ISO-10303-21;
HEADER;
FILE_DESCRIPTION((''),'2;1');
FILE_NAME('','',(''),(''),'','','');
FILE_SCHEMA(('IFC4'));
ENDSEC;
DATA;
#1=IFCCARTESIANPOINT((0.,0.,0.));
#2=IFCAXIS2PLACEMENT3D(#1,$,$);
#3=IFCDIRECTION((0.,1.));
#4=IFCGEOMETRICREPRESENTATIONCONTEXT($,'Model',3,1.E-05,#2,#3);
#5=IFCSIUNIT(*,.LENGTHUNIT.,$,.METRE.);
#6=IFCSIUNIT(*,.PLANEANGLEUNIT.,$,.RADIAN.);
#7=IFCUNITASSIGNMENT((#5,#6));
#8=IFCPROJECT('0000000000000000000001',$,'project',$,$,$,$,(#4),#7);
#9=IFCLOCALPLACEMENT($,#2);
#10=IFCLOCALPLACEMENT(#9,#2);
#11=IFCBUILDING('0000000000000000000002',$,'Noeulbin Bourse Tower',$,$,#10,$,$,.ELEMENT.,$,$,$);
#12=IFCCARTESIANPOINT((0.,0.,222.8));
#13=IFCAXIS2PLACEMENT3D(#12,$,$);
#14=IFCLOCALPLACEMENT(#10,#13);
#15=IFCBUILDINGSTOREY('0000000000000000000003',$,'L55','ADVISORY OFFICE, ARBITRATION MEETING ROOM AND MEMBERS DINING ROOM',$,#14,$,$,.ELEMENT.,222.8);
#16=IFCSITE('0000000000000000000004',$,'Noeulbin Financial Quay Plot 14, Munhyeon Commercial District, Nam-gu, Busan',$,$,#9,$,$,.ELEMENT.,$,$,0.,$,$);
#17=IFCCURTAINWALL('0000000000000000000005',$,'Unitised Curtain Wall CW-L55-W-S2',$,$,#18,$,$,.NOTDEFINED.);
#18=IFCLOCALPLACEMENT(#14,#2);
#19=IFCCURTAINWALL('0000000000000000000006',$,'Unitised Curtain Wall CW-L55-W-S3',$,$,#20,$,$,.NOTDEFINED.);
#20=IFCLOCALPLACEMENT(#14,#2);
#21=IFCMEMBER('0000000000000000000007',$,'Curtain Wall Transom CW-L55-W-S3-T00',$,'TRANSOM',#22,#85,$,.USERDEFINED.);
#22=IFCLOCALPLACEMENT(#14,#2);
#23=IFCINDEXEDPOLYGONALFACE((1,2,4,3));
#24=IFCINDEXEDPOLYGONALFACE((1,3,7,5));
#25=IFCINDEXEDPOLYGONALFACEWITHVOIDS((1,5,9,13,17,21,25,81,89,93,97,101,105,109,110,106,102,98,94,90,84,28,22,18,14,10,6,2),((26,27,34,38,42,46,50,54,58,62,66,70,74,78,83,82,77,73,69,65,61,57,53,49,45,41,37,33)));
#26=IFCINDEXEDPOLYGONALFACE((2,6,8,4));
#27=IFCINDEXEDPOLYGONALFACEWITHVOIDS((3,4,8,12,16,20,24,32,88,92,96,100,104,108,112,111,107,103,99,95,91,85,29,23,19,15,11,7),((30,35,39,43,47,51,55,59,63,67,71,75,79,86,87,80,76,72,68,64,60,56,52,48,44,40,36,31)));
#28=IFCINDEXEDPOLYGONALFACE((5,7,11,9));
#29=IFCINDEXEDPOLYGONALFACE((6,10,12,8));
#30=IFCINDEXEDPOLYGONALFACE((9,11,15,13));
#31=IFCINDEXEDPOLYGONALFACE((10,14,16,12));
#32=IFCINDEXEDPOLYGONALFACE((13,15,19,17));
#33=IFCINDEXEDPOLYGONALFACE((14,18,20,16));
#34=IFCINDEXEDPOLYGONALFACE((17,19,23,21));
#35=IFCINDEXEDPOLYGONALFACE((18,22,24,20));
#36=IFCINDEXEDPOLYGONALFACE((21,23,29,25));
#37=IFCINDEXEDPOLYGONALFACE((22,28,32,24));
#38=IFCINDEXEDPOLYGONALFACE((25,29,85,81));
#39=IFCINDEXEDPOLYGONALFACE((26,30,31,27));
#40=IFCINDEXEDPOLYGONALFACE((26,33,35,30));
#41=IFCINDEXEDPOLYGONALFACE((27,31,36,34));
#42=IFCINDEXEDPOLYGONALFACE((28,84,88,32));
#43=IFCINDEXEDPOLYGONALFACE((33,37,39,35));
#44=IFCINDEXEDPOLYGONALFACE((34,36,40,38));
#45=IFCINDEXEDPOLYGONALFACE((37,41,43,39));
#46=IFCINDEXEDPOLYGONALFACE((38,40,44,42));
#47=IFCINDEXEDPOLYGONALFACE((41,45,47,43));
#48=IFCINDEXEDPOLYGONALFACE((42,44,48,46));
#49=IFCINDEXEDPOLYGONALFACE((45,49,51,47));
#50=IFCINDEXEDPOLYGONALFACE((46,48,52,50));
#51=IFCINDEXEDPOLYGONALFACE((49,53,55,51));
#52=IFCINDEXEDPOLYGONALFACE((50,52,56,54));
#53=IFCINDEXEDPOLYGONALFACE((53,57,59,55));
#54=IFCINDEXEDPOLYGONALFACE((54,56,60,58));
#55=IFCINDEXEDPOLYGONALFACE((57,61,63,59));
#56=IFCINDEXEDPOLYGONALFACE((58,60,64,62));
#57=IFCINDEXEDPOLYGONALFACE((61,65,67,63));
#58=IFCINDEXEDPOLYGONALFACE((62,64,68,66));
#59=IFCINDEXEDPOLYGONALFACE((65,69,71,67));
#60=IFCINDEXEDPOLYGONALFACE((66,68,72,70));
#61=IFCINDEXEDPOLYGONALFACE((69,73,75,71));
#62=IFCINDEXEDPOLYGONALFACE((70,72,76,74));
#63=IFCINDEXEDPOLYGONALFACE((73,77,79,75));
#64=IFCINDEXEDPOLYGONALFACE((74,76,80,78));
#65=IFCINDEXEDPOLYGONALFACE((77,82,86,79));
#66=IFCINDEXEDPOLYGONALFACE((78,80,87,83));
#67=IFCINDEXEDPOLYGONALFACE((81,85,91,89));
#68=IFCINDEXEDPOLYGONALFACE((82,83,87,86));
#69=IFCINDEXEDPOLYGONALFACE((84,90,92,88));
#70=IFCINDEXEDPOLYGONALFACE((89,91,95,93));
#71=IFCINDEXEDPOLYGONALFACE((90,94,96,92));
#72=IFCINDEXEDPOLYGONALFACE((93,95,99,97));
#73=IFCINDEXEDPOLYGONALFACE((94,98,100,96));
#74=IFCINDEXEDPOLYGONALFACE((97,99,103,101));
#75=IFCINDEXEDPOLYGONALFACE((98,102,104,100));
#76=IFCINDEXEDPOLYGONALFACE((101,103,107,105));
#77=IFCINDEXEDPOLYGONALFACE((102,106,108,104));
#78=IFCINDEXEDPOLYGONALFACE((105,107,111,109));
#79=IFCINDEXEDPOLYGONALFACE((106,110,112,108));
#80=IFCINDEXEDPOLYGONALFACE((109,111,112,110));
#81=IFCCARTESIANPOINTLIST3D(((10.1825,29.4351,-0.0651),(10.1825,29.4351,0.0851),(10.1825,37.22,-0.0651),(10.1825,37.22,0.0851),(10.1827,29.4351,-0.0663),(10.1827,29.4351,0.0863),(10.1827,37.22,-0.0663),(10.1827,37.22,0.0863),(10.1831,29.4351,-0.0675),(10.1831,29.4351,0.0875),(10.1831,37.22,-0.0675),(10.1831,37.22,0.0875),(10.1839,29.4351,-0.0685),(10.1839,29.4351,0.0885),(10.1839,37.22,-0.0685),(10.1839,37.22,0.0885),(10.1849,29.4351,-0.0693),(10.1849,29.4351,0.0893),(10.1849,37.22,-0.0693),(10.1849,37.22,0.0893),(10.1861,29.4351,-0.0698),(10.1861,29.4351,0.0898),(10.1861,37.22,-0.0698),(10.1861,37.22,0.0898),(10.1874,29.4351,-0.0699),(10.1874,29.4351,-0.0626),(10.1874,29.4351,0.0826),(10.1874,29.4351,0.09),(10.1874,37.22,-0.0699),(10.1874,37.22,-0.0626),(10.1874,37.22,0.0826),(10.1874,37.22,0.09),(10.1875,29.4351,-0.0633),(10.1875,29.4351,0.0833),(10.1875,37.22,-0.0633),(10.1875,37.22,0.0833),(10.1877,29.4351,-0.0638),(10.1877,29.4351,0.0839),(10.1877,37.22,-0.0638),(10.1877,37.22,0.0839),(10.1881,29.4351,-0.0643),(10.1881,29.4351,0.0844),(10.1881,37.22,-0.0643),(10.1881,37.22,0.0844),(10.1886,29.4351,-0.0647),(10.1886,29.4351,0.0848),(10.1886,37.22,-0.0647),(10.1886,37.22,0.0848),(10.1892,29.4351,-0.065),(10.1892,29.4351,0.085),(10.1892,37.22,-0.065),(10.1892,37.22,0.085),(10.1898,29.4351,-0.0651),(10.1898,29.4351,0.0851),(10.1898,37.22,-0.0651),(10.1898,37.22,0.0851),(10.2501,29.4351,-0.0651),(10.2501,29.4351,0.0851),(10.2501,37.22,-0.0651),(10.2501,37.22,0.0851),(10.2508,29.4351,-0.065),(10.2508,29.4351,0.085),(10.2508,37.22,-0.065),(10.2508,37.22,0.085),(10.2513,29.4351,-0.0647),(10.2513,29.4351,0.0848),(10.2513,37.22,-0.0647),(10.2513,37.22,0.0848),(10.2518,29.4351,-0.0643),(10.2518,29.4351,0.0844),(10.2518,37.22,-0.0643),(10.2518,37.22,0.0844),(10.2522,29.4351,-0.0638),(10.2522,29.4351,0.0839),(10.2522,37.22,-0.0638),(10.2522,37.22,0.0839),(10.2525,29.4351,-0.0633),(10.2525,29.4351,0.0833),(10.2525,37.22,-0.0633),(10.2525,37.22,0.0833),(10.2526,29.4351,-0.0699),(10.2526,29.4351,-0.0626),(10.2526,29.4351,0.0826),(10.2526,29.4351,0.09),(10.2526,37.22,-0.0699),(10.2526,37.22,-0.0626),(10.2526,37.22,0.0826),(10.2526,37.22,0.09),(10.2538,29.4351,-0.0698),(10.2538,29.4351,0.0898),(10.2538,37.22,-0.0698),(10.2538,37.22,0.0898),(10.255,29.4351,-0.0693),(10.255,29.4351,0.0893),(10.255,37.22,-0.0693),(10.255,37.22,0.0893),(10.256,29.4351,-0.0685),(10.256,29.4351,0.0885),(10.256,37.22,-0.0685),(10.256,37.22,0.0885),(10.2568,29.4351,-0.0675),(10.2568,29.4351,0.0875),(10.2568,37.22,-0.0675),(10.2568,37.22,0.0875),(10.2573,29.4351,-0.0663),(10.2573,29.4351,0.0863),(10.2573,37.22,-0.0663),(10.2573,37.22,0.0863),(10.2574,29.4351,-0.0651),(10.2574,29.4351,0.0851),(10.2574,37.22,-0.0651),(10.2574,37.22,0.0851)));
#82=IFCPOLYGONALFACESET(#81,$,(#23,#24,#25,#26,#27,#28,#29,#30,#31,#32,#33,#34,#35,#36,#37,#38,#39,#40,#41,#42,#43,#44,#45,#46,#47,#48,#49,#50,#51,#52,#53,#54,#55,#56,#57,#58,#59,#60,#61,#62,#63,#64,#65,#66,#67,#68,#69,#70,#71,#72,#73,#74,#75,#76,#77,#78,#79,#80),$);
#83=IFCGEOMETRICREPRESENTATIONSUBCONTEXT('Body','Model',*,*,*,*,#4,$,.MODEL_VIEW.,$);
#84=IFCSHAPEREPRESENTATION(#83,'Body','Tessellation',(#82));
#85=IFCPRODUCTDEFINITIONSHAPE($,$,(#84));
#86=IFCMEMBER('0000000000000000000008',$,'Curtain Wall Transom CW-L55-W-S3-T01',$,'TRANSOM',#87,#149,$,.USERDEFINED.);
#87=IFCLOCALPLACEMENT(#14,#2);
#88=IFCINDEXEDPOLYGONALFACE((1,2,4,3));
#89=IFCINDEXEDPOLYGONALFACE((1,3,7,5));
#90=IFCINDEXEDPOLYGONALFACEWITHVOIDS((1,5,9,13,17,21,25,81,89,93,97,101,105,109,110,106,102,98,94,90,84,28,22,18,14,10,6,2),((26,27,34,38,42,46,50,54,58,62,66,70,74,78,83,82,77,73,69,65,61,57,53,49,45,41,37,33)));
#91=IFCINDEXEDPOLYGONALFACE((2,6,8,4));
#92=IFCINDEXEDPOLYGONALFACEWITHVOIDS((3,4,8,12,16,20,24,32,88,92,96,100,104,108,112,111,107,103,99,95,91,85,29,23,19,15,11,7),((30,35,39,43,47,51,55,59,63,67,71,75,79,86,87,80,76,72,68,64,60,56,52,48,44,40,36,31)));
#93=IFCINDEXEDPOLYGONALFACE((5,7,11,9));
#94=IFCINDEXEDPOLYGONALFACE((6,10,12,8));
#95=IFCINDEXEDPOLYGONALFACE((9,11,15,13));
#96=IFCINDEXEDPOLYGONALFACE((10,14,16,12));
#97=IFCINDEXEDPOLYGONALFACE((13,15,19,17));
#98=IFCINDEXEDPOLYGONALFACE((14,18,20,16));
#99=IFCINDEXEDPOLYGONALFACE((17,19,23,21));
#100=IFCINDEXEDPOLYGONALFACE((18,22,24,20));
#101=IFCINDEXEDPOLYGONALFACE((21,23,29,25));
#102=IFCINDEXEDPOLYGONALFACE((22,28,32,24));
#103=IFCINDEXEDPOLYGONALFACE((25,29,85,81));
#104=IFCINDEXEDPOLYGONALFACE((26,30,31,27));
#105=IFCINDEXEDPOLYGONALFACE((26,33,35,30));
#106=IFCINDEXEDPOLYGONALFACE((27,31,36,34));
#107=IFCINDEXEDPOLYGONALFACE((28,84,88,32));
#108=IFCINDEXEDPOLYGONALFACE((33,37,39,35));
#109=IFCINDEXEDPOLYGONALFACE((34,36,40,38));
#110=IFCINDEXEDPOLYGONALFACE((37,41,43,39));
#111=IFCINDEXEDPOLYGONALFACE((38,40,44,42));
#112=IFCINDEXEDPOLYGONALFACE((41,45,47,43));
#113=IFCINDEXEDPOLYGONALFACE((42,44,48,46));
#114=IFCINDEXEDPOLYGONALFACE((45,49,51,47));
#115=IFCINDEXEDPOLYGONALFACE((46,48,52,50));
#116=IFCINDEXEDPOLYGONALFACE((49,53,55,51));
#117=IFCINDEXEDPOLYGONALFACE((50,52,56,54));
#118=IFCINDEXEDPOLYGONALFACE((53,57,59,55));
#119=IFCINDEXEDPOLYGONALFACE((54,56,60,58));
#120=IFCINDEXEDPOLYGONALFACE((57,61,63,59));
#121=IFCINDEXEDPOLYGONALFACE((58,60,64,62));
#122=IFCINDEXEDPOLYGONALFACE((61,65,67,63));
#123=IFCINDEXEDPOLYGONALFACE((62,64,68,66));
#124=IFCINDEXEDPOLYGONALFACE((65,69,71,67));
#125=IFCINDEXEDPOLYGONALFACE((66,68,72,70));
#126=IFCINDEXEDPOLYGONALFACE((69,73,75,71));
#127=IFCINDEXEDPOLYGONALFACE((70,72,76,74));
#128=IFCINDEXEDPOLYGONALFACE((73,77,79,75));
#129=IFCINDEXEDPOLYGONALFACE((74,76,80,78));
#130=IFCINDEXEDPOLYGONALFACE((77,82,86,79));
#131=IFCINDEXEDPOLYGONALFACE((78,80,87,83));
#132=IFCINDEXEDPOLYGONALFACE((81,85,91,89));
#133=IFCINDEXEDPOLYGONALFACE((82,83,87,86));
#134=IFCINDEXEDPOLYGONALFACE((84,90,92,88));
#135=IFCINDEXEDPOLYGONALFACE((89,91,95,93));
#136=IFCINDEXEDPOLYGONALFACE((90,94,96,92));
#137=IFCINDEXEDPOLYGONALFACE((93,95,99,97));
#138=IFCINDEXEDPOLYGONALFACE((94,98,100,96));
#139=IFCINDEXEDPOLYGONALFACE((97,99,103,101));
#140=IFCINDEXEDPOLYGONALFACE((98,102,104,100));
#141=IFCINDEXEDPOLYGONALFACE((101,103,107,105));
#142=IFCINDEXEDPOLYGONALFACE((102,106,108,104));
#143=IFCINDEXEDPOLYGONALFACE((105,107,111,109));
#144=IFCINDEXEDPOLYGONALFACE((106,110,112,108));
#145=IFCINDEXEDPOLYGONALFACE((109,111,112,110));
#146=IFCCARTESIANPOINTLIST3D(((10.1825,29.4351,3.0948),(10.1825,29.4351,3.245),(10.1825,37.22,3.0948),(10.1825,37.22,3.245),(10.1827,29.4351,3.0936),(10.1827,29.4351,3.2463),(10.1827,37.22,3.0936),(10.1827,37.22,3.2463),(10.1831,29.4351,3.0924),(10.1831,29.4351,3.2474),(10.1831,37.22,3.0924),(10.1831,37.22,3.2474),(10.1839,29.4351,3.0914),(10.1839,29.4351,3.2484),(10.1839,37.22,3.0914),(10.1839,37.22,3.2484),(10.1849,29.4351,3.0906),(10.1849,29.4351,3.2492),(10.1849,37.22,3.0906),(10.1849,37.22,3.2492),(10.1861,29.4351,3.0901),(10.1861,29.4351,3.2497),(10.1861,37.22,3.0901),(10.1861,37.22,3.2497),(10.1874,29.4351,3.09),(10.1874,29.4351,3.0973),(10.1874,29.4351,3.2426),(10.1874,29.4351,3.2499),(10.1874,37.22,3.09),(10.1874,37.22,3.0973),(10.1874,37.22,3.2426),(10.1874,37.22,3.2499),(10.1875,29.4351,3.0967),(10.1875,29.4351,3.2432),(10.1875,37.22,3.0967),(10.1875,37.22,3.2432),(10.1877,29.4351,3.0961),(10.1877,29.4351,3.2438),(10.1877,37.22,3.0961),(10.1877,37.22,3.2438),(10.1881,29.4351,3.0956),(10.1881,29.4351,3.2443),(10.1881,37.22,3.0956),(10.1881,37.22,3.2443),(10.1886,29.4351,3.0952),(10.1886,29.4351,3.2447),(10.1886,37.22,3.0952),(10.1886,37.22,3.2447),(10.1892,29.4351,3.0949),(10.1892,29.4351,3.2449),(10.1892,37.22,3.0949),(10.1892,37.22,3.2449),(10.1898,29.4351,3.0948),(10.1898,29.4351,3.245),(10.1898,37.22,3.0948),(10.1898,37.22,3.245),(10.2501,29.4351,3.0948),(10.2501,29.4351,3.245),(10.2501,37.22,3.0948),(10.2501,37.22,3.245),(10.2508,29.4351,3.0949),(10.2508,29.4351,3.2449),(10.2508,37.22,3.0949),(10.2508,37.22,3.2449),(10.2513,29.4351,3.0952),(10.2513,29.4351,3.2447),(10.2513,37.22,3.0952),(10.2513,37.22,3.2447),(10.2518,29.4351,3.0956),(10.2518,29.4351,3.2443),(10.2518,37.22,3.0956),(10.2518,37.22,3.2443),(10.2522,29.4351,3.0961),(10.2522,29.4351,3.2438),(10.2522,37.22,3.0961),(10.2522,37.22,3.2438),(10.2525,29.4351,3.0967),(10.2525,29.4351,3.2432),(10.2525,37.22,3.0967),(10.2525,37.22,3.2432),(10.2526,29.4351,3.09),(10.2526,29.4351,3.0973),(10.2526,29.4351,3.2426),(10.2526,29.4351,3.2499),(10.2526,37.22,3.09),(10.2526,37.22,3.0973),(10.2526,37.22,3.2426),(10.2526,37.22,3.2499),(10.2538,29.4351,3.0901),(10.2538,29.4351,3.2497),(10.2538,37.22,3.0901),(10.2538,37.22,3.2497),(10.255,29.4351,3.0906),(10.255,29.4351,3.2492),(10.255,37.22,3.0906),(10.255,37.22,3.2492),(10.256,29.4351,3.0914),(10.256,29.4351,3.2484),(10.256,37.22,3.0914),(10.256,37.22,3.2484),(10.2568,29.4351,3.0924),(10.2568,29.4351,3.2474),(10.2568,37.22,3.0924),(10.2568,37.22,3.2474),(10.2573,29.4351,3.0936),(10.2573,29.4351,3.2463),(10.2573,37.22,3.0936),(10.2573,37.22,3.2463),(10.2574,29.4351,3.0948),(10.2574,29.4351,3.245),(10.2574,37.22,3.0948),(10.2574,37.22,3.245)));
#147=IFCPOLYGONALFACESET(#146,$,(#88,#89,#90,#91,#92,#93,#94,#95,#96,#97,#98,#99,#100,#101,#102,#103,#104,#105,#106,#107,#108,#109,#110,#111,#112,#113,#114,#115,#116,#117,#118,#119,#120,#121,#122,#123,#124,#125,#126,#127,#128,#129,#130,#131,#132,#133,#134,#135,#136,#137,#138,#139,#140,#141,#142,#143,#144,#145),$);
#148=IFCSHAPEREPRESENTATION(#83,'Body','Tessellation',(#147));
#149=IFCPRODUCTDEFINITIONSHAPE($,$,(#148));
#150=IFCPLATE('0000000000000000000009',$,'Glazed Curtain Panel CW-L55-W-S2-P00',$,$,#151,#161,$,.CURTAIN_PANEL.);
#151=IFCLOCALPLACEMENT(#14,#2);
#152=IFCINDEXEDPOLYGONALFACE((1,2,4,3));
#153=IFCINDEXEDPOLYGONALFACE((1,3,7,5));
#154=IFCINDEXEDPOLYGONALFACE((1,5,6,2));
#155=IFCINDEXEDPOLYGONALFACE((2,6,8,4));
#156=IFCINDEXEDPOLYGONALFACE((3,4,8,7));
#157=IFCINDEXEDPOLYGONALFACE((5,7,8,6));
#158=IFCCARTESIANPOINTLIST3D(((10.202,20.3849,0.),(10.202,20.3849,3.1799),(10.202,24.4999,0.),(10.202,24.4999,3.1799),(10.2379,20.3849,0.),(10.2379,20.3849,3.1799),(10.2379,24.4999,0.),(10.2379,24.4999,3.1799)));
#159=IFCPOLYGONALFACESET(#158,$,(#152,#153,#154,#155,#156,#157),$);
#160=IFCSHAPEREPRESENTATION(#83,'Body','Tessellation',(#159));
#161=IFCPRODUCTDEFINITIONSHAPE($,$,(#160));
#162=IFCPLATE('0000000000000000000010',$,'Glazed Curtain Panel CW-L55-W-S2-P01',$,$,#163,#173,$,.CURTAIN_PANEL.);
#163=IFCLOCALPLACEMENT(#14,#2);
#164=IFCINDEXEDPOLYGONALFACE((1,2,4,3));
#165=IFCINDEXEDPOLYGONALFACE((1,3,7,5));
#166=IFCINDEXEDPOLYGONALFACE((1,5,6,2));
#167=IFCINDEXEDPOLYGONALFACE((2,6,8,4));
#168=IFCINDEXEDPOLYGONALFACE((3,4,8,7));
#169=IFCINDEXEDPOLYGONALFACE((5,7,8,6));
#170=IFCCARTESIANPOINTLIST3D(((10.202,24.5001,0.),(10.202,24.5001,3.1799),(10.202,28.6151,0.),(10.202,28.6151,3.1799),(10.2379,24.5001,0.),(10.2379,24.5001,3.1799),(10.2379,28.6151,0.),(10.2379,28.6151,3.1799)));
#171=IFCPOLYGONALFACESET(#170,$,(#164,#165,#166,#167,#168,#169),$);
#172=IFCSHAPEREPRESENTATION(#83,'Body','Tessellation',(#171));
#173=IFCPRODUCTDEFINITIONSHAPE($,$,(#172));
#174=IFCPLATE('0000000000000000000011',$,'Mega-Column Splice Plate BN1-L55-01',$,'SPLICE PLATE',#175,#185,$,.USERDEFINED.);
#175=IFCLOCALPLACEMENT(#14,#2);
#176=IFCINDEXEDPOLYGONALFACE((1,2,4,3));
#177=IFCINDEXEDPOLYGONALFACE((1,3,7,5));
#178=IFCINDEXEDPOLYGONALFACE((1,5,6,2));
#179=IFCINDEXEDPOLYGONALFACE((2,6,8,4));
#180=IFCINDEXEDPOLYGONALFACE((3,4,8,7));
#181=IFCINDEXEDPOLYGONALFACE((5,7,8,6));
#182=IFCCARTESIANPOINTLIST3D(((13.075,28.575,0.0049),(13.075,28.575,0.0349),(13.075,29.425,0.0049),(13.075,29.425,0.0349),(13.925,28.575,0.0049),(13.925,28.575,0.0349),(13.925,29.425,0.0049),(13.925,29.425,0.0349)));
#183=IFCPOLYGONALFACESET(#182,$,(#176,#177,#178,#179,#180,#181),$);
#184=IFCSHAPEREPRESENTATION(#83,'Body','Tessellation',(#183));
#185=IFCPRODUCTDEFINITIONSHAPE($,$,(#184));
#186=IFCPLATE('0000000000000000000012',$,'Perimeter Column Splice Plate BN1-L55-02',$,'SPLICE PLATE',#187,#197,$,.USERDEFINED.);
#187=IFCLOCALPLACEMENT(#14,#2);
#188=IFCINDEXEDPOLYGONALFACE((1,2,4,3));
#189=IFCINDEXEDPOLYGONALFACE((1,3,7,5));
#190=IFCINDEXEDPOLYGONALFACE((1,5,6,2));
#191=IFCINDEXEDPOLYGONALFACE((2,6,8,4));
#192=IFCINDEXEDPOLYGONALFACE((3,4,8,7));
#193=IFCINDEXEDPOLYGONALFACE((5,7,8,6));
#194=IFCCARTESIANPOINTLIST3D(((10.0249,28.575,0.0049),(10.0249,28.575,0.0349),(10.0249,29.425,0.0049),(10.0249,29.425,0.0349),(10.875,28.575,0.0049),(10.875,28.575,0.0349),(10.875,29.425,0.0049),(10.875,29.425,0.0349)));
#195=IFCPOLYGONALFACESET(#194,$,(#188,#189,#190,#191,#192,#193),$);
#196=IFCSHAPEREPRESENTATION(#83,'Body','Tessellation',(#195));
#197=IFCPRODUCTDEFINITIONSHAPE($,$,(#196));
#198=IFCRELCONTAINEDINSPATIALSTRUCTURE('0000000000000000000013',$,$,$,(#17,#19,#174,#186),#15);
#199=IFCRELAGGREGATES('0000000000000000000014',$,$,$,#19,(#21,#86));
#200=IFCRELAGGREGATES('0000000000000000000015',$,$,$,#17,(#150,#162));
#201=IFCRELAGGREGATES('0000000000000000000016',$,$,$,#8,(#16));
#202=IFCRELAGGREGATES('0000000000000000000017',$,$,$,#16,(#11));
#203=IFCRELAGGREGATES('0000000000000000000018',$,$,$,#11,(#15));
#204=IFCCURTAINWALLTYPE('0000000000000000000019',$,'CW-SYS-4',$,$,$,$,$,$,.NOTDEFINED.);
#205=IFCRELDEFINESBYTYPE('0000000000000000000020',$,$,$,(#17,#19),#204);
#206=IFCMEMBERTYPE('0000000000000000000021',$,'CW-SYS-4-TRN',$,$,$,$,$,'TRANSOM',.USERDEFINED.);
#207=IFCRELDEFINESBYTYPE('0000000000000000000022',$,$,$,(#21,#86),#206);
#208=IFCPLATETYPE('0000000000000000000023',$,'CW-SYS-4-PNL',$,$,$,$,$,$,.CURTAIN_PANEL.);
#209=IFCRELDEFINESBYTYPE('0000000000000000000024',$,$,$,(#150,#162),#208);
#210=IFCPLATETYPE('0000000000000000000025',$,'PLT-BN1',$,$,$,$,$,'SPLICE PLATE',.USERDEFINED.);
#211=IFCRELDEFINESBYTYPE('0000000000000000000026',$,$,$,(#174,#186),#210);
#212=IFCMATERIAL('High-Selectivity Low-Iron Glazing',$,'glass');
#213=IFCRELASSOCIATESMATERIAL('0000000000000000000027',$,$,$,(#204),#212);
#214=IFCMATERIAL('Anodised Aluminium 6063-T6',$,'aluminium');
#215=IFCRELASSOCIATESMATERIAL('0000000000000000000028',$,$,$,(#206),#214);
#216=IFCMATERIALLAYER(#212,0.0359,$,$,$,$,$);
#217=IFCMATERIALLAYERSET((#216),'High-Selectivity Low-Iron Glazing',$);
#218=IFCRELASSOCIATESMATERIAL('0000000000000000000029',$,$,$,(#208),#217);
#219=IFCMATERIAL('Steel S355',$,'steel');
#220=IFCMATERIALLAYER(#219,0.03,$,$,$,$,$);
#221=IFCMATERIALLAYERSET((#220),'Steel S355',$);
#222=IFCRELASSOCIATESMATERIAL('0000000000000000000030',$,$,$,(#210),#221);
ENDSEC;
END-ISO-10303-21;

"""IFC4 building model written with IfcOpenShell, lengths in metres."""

from ifc_helpers import new_model, si_unit, direction, frame, origin, origin_2d, place, context, subcontext, project, spatial, rectangle, hollow_rectangle, extrude, material, layer, layer_set, material_profile, profile_set, type_object, element, aggregate, save


model = new_model("IFC4")

# Units and contexts
model_context = context("Model", 3, precision=1e-05, world=origin(), true_north=direction((0.0, 1.0)))
body_context = subcontext(model_context, "Body", "Model", "MODEL_VIEW")
ifc_project = project(units=[si_unit("LENGTHUNIT", "METRE"), si_unit("PLANEANGLEUNIT", "RADIAN")], contexts=[model_context])

# Site, building, storey
site_placement = place(None, origin())
site = spatial("IfcSite", under=ifc_project, at=site_placement, Name="Noeulbin Financial Quay Plot 14, Munhyeon Commercial District, Nam-gu, Busan", CompositionType="ELEMENT", RefElevation=0.0)
building_placement = place(site_placement, origin())
building = spatial("IfcBuilding", under=site, at=building_placement, Name="Noeulbin Bourse Tower", CompositionType="ELEMENT")
storey_placement = place(building_placement, frame((0.0, 0.0, 222.8)))
storey = spatial("IfcBuildingStorey", under=building, at=storey_placement, Name="L55", Description="ADVISORY OFFICE, ARBITRATION MEETING ROOM AND MEMBERS DINING ROOM", CompositionType="ELEMENT", Elevation=222.8)

# Shared definitions
ifc_material_1 = material(Name="Steel S355", Category="steel")

# Curtain wall
ifc_material_2 = material(Name="High-Selectivity Low-Iron Glazing", Category="glass")
curtain_wall_type = type_object("IfcCurtainWallType", Name="CW-SYS-4", PredefinedType="NOTDEFINED", material=ifc_material_2)
curtain_wall_1_placement = place(storey_placement, origin())
curtain_wall_1 = element("IfcCurtainWall", 1, at=curtain_wall_1_placement, inside=storey, type_object=curtain_wall_type, Name="Unitised Curtain Wall CW-L55-W-S2", PredefinedType="NOTDEFINED")
ifc_material_3 = material(Name="Anodised Aluminium 6063-T6", Category="aluminium")

# Curtain wall
curtain_wall_2_placement = place(storey_placement, origin())
curtain_wall_2 = element("IfcCurtainWall", 2, at=curtain_wall_2_placement, inside=storey, type_object=curtain_wall_type, Name="Unitised Curtain Wall CW-L55-W-S3", PredefinedType="NOTDEFINED")

# Members
ifc_material_profile_1 = material_profile(ifc_material_3, hollow_rectangle(XDim=0.075, YDim=0.1599, WallThickness=0.0049, InnerFilletRadius=0.0024, OuterFilletRadius=0.0049, at=origin_2d()), Name="ALU-TRAN-75x160x5", Category="LoadBearing")
ifc_profile_set_1 = profile_set([ifc_material_profile_1], Name="Anodised Aluminium 6063-T6")
member_type_1 = type_object("IfcMemberType", Name="CW-SYS-4-TRN", ElementType="TRANSOM", PredefinedType="USERDEFINED", material=ifc_profile_set_1)
member_1_placement = place(storey_placement, frame((10.22, 29.4351, 0.01), z_axis=(0.0, 1.0, 0.0), x_axis=(-1.0, 0.0, 0.0)))
member_1 = element("IfcMember", 3, at=member_1_placement, type_object=member_type_1, Name="Curtain Wall Transom CW-L55-W-S3-T00", ObjectType="TRANSOM", PredefinedType="USERDEFINED", context=body_context, shape_type="SweptSolid", body=[
    extrude(hollow_rectangle(XDim=0.075, YDim=0.1599, WallThickness=0.0049, InnerFilletRadius=0.0024, OuterFilletRadius=0.0049, at=origin_2d()), origin(), (0.0, 0.0, 1.0), 7.7849),
])
member_2_placement = place(storey_placement, frame((10.22, 29.4351, 3.1699), z_axis=(0.0, 1.0, 0.0), x_axis=(-1.0, 0.0, 0.0)))
member_2 = element("IfcMember", 4, at=member_2_placement, type_object=member_type_1, Name="Curtain Wall Transom CW-L55-W-S3-T01", ObjectType="TRANSOM", PredefinedType="USERDEFINED", context=body_context, shape_type="SweptSolid", body=[
    extrude(hollow_rectangle(XDim=0.075, YDim=0.1599, WallThickness=0.0049, InnerFilletRadius=0.0024, OuterFilletRadius=0.0049, at=origin_2d()), origin(), (0.0, 0.0, 1.0), 7.7849),
])
aggregate(curtain_wall_2, [member_1, member_2])

# Plates
ifc_layer_1 = layer(ifc_material_2, 0.0359)
ifc_layer_set_1 = layer_set([ifc_layer_1], Name="High-Selectivity Low-Iron Glazing")
plate_type_1 = type_object("IfcPlateType", Name="CW-SYS-4-PNL", PredefinedType="CURTAIN_PANEL", material=ifc_layer_set_1)
plate_1_placement = place(storey_placement, frame((10.22, 22.4424, 0.0), z_axis=(0.0, 0.0, 1.0), x_axis=(0.0, 1.0, 0.0)))
plate_1 = element("IfcPlate", 5, at=plate_1_placement, type_object=plate_type_1, Name="Glazed Curtain Panel CW-L55-W-S2-P00", PredefinedType="CURTAIN_PANEL", context=body_context, shape_type="SweptSolid", body=[
    extrude(rectangle(XDim=4.115, YDim=0.0359, at=origin_2d()), origin(), (0.0, 0.0, 1.0), 3.1799),
])
plate_2_placement = place(storey_placement, frame((10.22, 26.5576, 0.0), z_axis=(0.0, 0.0, 1.0), x_axis=(0.0, 1.0, 0.0)))
plate_2 = element("IfcPlate", 6, at=plate_2_placement, type_object=plate_type_1, Name="Glazed Curtain Panel CW-L55-W-S2-P01", PredefinedType="CURTAIN_PANEL", context=body_context, shape_type="SweptSolid", body=[
    extrude(rectangle(XDim=4.115, YDim=0.0359, at=origin_2d()), origin(), (0.0, 0.0, 1.0), 3.1799),
])
aggregate(curtain_wall_1, [plate_1, plate_2])

# Plates
ifc_layer_2 = layer(ifc_material_1, 0.03)
ifc_layer_set_2 = layer_set([ifc_layer_2], Name="Steel S355")
plate_type_2 = type_object("IfcPlateType", Name="PLT-BN1", ElementType="SPLICE PLATE", PredefinedType="USERDEFINED", material=ifc_layer_set_2)
for number, where, z_axis, x_axis, name in (
    (7, (13.5, 29.0, 0.0049), (0.0, 0.0, 1.0), (1.0, 0.0, 0.0), "Mega-Column Splice Plate BN1-L55-01"),
    (8, (10.45, 29.0, 0.0049), (0.0, 0.0, 1.0), (1.0, 0.0, 0.0), "Perimeter Column Splice Plate BN1-L55-02"),
):
    element("IfcPlate", number, at=place(storey_placement, frame(where, z_axis=z_axis, x_axis=x_axis)), inside=storey, type_object=plate_type_2, Name=name, ObjectType="SPLICE PLATE", PredefinedType="USERDEFINED", context=body_context, shape_type="SweptSolid", body=[
        extrude(rectangle(XDim=0.8501, YDim=0.8501, at=origin_2d()), origin(), (0.0, 0.0, 1.0), 0.03),
    ])

save(model, "model.ifc")
